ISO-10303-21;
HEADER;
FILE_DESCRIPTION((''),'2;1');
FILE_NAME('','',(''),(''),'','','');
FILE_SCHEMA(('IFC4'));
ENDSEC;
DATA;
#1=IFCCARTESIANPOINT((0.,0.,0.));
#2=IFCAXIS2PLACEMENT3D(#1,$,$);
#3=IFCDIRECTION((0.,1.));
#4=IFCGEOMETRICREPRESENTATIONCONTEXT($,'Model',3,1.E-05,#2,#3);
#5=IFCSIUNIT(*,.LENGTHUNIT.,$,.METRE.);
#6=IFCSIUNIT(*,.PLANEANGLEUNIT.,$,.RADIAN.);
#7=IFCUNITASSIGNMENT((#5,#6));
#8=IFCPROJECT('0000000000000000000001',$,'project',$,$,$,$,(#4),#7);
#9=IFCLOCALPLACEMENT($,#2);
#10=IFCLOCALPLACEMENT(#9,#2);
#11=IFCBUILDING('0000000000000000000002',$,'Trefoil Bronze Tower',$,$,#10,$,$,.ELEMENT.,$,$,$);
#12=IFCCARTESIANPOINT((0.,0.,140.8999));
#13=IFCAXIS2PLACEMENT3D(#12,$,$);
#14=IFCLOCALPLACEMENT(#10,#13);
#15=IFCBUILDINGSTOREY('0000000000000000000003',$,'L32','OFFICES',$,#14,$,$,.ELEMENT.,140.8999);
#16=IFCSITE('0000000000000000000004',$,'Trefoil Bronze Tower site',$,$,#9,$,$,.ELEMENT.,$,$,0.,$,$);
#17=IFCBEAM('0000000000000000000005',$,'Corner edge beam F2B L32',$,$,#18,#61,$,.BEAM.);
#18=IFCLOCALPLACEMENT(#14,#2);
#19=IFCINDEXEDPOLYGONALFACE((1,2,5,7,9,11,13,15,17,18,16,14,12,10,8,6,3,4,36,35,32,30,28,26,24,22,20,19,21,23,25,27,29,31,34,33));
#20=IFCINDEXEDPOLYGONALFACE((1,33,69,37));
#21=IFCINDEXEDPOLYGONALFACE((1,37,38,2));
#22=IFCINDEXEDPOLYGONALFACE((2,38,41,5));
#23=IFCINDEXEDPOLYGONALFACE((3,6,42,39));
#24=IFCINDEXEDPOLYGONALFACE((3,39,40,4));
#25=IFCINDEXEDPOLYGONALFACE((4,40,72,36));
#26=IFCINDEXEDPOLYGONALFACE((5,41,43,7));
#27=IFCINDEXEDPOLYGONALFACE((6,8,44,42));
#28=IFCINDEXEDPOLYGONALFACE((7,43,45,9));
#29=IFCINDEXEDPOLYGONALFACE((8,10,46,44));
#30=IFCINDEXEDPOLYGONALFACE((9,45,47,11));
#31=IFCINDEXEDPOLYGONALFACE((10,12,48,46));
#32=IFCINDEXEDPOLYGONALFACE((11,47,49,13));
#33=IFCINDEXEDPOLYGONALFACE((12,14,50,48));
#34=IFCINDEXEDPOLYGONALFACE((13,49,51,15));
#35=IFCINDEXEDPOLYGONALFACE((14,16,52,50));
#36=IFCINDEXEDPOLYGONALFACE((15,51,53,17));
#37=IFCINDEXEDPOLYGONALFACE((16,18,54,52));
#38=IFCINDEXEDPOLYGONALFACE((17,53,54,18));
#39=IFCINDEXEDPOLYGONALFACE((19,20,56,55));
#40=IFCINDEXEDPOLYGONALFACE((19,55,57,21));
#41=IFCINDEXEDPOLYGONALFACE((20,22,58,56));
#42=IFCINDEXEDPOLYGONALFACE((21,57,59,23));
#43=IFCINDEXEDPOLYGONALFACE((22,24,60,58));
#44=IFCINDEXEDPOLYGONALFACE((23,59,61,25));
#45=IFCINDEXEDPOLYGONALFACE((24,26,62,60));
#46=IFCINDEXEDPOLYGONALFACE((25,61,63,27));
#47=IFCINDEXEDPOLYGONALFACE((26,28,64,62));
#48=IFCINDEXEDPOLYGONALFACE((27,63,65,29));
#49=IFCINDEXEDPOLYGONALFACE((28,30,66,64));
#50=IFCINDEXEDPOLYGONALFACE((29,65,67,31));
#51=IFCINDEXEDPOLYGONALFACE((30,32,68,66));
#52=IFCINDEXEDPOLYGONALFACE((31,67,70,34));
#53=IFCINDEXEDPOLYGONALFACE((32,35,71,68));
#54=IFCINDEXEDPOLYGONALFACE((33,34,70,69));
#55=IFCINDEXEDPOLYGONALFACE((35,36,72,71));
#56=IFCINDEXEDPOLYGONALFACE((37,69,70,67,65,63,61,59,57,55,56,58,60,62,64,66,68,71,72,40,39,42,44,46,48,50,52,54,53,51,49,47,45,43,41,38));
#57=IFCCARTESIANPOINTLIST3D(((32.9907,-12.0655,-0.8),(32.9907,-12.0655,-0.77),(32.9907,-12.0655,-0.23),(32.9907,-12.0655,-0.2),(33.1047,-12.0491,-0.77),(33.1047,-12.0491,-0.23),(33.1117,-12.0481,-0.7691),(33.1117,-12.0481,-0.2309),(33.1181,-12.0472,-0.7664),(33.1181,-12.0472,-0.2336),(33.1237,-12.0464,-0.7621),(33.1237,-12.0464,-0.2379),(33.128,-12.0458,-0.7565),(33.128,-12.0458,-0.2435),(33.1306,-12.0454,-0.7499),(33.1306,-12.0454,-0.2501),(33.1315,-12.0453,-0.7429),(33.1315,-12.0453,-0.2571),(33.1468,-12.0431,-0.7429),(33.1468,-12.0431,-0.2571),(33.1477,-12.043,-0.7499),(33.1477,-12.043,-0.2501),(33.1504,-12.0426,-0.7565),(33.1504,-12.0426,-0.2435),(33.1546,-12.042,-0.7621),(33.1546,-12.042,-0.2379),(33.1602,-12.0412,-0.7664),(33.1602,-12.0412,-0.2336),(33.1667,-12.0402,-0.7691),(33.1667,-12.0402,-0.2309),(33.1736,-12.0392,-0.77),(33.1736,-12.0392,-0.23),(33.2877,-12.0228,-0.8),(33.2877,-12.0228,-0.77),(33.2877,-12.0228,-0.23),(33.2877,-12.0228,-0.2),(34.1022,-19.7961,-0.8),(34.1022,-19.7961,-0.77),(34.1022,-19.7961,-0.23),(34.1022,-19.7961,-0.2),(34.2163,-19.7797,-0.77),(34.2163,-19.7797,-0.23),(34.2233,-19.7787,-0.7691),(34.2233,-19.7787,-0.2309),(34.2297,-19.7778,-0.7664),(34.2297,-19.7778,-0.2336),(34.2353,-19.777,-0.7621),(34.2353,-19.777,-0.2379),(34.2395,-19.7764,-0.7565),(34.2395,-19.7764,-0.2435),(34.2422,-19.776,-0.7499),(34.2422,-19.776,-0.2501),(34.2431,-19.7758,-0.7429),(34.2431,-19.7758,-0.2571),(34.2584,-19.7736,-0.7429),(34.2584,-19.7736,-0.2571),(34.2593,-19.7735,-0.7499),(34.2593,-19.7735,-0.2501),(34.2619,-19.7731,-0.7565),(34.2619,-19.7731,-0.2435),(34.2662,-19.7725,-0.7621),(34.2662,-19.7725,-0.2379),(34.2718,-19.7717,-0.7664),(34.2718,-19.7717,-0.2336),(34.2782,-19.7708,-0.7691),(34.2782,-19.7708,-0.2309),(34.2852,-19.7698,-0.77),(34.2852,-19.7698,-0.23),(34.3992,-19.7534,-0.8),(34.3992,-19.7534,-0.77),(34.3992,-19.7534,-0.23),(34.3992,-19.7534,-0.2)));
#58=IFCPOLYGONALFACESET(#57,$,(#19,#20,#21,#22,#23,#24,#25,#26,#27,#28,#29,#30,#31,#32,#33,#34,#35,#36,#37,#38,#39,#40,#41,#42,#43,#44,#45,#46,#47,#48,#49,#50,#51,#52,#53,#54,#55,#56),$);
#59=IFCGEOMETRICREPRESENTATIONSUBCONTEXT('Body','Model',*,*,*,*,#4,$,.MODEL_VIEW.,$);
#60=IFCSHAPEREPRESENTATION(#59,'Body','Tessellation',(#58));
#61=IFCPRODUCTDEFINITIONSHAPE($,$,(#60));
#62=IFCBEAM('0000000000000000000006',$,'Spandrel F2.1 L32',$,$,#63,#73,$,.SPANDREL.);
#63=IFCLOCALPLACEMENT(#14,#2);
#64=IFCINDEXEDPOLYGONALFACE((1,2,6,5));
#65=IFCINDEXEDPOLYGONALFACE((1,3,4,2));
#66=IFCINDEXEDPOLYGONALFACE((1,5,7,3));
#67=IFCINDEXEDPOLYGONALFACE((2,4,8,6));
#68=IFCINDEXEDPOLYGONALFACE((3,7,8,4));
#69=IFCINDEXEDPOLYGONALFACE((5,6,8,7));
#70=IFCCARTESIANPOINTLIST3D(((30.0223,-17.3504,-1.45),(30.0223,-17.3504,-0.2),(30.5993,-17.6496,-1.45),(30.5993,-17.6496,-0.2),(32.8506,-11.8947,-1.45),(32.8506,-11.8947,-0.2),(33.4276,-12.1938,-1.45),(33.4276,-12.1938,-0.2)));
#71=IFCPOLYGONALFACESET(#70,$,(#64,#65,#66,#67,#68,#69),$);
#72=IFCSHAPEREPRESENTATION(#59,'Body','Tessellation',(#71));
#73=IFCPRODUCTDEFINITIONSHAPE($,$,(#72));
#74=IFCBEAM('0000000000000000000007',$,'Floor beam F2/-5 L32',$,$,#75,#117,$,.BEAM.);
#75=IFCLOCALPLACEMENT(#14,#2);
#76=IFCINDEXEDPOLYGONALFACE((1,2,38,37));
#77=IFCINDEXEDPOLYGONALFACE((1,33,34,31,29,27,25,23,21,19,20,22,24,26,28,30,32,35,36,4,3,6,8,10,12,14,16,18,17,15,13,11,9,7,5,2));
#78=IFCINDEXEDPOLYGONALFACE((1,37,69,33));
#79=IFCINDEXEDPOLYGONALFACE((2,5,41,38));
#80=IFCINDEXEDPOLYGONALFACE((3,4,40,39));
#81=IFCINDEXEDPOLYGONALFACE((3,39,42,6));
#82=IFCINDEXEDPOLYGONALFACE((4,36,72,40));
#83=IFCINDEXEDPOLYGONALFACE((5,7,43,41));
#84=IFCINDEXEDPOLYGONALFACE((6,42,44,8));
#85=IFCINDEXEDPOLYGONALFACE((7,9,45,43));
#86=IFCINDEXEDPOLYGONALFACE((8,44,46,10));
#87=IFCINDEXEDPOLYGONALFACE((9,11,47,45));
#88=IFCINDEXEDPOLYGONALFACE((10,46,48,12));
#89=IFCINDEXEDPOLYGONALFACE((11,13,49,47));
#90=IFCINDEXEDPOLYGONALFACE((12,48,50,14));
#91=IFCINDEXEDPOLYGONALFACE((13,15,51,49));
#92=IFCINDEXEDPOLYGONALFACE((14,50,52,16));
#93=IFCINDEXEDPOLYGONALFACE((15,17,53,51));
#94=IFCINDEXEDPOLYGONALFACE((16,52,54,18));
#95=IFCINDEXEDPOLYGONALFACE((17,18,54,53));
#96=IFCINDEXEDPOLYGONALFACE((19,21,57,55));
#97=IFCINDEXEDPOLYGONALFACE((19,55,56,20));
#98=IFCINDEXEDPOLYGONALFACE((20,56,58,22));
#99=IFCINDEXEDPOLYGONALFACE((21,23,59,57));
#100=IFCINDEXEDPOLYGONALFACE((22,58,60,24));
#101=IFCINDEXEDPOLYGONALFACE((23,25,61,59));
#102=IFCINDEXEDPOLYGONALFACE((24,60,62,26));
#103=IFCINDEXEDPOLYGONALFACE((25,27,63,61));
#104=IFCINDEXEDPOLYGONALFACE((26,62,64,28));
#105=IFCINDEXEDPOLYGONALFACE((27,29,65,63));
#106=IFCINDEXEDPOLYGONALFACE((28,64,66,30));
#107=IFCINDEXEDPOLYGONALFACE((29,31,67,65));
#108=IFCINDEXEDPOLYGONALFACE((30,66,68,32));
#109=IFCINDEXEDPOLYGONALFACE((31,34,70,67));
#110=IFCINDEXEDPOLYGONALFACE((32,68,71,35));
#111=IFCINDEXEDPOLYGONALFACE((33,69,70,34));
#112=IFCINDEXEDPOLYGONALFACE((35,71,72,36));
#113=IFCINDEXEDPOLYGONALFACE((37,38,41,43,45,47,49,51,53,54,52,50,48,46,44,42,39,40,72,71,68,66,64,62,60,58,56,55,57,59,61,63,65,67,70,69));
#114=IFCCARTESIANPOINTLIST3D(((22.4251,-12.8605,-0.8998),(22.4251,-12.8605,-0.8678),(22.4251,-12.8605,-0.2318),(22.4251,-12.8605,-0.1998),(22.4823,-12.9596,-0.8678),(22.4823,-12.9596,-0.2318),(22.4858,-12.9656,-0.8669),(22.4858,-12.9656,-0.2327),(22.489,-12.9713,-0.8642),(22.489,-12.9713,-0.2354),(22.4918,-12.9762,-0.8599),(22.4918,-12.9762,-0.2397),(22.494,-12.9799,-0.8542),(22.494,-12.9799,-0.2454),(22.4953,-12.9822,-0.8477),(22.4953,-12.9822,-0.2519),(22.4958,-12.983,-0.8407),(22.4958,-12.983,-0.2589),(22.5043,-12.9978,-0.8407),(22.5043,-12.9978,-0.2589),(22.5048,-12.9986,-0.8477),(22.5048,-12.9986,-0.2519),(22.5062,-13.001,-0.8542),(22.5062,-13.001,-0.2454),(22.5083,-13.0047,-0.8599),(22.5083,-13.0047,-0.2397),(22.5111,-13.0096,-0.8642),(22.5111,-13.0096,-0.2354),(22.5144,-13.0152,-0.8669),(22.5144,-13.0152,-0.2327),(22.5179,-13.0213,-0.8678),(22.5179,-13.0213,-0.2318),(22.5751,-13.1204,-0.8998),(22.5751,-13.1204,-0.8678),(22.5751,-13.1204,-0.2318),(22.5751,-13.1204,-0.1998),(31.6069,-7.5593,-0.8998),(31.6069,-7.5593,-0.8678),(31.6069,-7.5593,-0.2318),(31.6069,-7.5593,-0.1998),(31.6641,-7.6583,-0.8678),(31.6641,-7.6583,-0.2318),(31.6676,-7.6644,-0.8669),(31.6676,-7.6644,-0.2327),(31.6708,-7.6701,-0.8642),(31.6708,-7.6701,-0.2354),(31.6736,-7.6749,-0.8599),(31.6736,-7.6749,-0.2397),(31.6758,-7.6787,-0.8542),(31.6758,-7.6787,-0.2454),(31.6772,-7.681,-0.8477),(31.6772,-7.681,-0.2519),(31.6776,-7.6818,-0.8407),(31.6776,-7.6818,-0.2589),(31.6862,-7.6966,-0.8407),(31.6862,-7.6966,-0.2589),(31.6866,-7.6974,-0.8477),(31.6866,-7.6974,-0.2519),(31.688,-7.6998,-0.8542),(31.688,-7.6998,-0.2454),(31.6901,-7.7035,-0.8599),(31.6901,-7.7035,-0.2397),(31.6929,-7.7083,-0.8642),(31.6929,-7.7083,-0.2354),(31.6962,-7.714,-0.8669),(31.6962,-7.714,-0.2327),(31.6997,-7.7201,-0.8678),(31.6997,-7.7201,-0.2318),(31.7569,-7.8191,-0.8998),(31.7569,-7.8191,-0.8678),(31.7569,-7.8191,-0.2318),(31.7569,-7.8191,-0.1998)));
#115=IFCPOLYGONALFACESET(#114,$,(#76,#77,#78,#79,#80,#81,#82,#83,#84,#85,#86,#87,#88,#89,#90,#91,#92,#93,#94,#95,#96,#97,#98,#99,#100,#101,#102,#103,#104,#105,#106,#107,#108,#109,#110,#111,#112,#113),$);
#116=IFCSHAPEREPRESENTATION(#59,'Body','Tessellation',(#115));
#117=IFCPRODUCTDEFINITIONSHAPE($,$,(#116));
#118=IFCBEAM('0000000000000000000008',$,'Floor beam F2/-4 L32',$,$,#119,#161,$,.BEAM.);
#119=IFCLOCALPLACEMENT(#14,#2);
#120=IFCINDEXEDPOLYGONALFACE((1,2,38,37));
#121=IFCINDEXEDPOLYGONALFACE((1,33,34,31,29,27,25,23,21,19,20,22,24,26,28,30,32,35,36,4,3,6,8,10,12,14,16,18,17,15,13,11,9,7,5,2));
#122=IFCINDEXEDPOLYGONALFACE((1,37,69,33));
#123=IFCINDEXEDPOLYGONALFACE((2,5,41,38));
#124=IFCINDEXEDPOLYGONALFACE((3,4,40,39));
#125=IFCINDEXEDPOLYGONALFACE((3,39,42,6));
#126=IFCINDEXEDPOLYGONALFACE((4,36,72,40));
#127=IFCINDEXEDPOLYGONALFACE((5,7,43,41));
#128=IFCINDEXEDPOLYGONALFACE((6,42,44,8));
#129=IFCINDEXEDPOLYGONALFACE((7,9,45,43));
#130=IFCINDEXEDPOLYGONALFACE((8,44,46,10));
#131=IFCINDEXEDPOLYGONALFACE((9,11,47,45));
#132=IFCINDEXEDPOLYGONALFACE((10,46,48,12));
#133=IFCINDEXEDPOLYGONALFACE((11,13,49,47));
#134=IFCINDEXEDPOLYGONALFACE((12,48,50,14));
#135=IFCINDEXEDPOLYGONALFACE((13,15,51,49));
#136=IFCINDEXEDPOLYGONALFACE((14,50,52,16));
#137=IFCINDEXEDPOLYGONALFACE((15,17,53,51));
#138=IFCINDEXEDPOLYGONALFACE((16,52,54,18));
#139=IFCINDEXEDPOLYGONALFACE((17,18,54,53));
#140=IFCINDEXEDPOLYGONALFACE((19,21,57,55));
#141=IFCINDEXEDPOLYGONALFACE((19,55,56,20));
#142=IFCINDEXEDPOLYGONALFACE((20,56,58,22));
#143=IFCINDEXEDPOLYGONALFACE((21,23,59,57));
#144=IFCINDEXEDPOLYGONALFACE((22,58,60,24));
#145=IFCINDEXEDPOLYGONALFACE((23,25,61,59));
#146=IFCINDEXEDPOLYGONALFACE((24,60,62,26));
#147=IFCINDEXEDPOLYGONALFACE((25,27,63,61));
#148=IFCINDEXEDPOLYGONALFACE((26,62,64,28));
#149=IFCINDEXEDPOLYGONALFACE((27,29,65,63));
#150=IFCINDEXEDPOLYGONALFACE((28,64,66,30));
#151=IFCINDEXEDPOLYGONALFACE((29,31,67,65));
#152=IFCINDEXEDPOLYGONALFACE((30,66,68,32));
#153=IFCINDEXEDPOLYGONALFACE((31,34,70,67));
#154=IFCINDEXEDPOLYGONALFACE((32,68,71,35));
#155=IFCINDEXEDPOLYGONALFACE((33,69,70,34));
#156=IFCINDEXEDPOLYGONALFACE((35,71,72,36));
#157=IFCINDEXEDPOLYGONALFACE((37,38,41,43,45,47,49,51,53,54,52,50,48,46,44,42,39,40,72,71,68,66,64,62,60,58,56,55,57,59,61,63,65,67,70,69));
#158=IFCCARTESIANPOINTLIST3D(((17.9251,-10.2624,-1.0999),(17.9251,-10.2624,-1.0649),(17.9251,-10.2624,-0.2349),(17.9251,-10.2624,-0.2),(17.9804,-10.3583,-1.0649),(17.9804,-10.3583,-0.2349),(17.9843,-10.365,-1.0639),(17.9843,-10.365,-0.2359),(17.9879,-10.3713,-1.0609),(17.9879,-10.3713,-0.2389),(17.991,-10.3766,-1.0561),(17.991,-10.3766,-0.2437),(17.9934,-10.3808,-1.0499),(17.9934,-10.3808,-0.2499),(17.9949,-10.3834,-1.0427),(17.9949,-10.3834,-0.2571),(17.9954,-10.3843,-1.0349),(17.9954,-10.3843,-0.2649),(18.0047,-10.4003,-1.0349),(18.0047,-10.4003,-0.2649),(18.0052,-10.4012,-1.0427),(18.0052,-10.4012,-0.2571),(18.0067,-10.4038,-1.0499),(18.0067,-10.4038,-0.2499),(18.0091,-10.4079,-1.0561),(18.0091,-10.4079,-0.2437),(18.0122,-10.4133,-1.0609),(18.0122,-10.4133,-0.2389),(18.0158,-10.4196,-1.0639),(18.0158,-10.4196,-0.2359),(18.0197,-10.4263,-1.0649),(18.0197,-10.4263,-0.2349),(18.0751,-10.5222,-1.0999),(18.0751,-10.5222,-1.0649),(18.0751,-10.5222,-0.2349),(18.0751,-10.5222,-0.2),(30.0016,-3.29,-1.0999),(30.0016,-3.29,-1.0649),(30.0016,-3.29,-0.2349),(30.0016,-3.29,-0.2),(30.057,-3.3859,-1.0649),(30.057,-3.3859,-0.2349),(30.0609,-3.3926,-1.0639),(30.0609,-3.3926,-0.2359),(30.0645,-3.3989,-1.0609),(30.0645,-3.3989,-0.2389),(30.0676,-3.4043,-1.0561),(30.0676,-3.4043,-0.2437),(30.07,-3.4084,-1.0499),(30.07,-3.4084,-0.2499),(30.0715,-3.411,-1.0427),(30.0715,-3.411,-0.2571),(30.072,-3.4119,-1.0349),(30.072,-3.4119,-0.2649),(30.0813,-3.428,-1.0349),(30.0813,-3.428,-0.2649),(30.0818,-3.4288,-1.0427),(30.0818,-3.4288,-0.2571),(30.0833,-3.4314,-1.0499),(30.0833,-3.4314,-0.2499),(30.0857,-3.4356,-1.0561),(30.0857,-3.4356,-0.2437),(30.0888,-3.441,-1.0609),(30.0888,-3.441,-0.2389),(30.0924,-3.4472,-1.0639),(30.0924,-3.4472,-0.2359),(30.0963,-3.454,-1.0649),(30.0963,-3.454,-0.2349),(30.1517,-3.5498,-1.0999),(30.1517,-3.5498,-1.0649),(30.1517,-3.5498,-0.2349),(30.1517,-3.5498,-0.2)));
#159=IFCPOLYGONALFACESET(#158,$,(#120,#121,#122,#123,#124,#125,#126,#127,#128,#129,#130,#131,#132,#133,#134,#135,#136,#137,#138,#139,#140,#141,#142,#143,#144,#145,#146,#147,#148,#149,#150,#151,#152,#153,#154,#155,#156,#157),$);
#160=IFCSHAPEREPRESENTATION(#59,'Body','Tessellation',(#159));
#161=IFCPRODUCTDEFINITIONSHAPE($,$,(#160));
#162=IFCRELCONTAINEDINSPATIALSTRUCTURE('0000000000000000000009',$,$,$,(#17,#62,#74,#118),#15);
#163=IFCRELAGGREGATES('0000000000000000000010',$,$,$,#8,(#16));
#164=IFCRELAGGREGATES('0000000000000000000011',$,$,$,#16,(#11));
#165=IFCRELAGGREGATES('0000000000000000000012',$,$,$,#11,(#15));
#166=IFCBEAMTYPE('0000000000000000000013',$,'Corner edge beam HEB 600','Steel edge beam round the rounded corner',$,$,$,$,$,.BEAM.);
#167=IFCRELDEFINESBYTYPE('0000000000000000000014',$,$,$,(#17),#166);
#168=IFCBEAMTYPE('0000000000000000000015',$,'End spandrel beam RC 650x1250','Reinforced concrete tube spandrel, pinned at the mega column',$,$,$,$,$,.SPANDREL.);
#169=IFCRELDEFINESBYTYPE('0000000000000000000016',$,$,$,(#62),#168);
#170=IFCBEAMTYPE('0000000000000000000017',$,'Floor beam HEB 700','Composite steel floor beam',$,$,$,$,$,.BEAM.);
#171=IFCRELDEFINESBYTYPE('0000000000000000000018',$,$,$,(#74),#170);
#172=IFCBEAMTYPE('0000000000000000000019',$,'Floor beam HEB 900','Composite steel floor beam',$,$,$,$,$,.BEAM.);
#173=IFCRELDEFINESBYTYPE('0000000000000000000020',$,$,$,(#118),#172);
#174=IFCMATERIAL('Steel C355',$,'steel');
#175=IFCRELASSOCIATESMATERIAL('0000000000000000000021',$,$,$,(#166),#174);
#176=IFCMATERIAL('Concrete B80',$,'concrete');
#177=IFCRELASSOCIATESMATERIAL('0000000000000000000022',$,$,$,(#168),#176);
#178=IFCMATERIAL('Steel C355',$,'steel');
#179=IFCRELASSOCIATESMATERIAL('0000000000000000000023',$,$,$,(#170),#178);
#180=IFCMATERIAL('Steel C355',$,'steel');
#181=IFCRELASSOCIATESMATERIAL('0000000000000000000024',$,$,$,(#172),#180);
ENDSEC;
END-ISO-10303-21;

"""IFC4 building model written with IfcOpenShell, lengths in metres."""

from ifc_helpers import new_model, si_unit, direction, frame, origin, origin_2d, place, context, subcontext, project, spatial, rectangle, i_section, extrude, material, material_profile, profile_set, type_object, element, save


model = new_model("IFC4")

# Units and contexts
model_context = context("Model", 3, precision=1e-05, world=origin(), true_north=direction((0.0, 1.0)))
body_context = subcontext(model_context, "Body", "Model", "MODEL_VIEW")
ifc_project = project(units=[si_unit("LENGTHUNIT", "METRE"), si_unit("PLANEANGLEUNIT", "RADIAN")], contexts=[model_context])

# Site, building, storey
site_placement = place(None, origin())
site = spatial("IfcSite", under=ifc_project, at=site_placement, Name="Trefoil Bronze Tower site", CompositionType="ELEMENT", RefElevation=0.0)
building_placement = place(site_placement, origin())
building = spatial("IfcBuilding", under=site, at=building_placement, Name="Trefoil Bronze Tower", CompositionType="ELEMENT")
storey_placement = place(building_placement, frame((0.0, 0.0, 140.8999)))
storey = spatial("IfcBuildingStorey", under=building, at=storey_placement, Name="L32", Description="OFFICES", CompositionType="ELEMENT", Elevation=140.8999)

# Beams
ifc_material_1 = material(Name="Steel C355", Category="steel")
ifc_material_profile_1 = material_profile(ifc_material_1, i_section(OverallWidth=0.3, OverallDepth=0.6001, WebThickness=0.0154, FlangeThickness=0.03, FilletRadius=0.0271, at=origin_2d()), Name="HEB 600")
ifc_profile_set_1 = profile_set([ifc_material_profile_1], Name="Steel C355")
beam_type_1 = type_object("IfcBeamType", Name="Corner edge beam HEB 600", Description="Steel edge beam round the rounded corner", PredefinedType="BEAM", material=ifc_profile_set_1)
beam_1_placement = place(storey_placement, frame((33.1392, -12.0442, -0.5), z_axis=(0.142327, -0.98982, 0.0), x_axis=(0.98982, 0.142327, 0.0)))
element("IfcBeam", 1, at=beam_1_placement, inside=storey, type_object=beam_type_1, Name="Corner edge beam F2B L32", PredefinedType="BEAM", context=body_context, shape_type="SweptSolid", body=[
    extrude(i_section(OverallWidth=0.3, OverallDepth=0.6001, WebThickness=0.0154, FlangeThickness=0.03, FilletRadius=0.0271, at=origin_2d()), origin(), (0.0, 0.0, 1.0), 7.8101),
])
ifc_material_2 = material(Name="Concrete B80", Category="concrete")
ifc_material_profile_2 = material_profile(ifc_material_2, rectangle(XDim=0.6499, YDim=1.25, at=origin_2d()), Name="RC 650x1250")
ifc_profile_set_2 = profile_set([ifc_material_profile_2], Name="Concrete B80")
beam_type_2 = type_object("IfcBeamType", Name="End spandrel beam RC 650x1250", Description="Reinforced concrete tube spandrel, pinned at the mega column", PredefinedType="SPANDREL", material=ifc_profile_set_2)
beam_2_placement = place(storey_placement, frame((30.3108, -17.5, -0.825), z_axis=(0.460244, 0.887792, 0.0), x_axis=(-0.887792, 0.460244, 0.0)))
element("IfcBeam", 2, at=beam_2_placement, inside=storey, type_object=beam_type_2, Name="Spandrel F2.1 L32", PredefinedType="SPANDREL", context=body_context, shape_type="SweptSolid", body=[
    extrude(rectangle(XDim=0.6499, YDim=1.25, at=origin_2d()), origin(), (0.0, 0.0, 1.0), 6.1453),
])
ifc_material_3 = material(Name="Steel C355", Category="steel")
ifc_material_profile_3 = material_profile(ifc_material_3, i_section(OverallWidth=0.3, OverallDepth=0.7, WebThickness=0.0171, FlangeThickness=0.032, FilletRadius=0.0271, at=origin_2d()), Name="HEB 700")
ifc_profile_set_3 = profile_set([ifc_material_profile_3], Name="Steel C355")
beam_type_3 = type_object("IfcBeamType", Name="Floor beam HEB 700", Description="Composite steel floor beam", PredefinedType="BEAM", material=ifc_profile_set_3)
beam_3_placement = place(storey_placement, frame((31.6819, -7.6892, -0.5498), z_axis=(-0.866021, -0.500007, 0.0), x_axis=(0.500007, -0.866021, 0.0)))
element("IfcBeam", 3, at=beam_3_placement, inside=storey, type_object=beam_type_3, Name="Floor beam F2/-5 L32", PredefinedType="BEAM", context=body_context, shape_type="SweptSolid", body=[
    extrude(i_section(OverallWidth=0.3, OverallDepth=0.7, WebThickness=0.0171, FlangeThickness=0.032, FilletRadius=0.0271, at=origin_2d()), origin(), (0.0, 0.0, 1.0), 10.6023),
])
ifc_material_4 = material(Name="Steel C355", Category="steel")
ifc_material_profile_4 = material_profile(ifc_material_4, i_section(OverallWidth=0.3, OverallDepth=0.8999, WebThickness=0.0186, FlangeThickness=0.0349, FilletRadius=0.03, at=origin_2d()), Name="HEB 900")
ifc_profile_set_4 = profile_set([ifc_material_profile_4], Name="Steel C355")
beam_type_4 = type_object("IfcBeamType", Name="Floor beam HEB 900", Description="Composite steel floor beam", PredefinedType="BEAM", material=ifc_profile_set_4)
beam_4_placement = place(storey_placement, frame((30.0767, -3.4199, -0.6499), z_axis=(-0.866027, -0.499997, 0.0), x_axis=(0.499997, -0.866027, 0.0)))
element("IfcBeam", 4, at=beam_4_placement, inside=storey, type_object=beam_type_4, Name="Floor beam F2/-4 L32", PredefinedType="BEAM", context=body_context, shape_type="SweptSolid", body=[
    extrude(i_section(OverallWidth=0.3, OverallDepth=0.8999, WebThickness=0.0186, FlangeThickness=0.0349, FilletRadius=0.03, at=origin_2d()), origin(), (0.0, 0.0, 1.0), 13.9448),
])

save(model, "model.ifc")
